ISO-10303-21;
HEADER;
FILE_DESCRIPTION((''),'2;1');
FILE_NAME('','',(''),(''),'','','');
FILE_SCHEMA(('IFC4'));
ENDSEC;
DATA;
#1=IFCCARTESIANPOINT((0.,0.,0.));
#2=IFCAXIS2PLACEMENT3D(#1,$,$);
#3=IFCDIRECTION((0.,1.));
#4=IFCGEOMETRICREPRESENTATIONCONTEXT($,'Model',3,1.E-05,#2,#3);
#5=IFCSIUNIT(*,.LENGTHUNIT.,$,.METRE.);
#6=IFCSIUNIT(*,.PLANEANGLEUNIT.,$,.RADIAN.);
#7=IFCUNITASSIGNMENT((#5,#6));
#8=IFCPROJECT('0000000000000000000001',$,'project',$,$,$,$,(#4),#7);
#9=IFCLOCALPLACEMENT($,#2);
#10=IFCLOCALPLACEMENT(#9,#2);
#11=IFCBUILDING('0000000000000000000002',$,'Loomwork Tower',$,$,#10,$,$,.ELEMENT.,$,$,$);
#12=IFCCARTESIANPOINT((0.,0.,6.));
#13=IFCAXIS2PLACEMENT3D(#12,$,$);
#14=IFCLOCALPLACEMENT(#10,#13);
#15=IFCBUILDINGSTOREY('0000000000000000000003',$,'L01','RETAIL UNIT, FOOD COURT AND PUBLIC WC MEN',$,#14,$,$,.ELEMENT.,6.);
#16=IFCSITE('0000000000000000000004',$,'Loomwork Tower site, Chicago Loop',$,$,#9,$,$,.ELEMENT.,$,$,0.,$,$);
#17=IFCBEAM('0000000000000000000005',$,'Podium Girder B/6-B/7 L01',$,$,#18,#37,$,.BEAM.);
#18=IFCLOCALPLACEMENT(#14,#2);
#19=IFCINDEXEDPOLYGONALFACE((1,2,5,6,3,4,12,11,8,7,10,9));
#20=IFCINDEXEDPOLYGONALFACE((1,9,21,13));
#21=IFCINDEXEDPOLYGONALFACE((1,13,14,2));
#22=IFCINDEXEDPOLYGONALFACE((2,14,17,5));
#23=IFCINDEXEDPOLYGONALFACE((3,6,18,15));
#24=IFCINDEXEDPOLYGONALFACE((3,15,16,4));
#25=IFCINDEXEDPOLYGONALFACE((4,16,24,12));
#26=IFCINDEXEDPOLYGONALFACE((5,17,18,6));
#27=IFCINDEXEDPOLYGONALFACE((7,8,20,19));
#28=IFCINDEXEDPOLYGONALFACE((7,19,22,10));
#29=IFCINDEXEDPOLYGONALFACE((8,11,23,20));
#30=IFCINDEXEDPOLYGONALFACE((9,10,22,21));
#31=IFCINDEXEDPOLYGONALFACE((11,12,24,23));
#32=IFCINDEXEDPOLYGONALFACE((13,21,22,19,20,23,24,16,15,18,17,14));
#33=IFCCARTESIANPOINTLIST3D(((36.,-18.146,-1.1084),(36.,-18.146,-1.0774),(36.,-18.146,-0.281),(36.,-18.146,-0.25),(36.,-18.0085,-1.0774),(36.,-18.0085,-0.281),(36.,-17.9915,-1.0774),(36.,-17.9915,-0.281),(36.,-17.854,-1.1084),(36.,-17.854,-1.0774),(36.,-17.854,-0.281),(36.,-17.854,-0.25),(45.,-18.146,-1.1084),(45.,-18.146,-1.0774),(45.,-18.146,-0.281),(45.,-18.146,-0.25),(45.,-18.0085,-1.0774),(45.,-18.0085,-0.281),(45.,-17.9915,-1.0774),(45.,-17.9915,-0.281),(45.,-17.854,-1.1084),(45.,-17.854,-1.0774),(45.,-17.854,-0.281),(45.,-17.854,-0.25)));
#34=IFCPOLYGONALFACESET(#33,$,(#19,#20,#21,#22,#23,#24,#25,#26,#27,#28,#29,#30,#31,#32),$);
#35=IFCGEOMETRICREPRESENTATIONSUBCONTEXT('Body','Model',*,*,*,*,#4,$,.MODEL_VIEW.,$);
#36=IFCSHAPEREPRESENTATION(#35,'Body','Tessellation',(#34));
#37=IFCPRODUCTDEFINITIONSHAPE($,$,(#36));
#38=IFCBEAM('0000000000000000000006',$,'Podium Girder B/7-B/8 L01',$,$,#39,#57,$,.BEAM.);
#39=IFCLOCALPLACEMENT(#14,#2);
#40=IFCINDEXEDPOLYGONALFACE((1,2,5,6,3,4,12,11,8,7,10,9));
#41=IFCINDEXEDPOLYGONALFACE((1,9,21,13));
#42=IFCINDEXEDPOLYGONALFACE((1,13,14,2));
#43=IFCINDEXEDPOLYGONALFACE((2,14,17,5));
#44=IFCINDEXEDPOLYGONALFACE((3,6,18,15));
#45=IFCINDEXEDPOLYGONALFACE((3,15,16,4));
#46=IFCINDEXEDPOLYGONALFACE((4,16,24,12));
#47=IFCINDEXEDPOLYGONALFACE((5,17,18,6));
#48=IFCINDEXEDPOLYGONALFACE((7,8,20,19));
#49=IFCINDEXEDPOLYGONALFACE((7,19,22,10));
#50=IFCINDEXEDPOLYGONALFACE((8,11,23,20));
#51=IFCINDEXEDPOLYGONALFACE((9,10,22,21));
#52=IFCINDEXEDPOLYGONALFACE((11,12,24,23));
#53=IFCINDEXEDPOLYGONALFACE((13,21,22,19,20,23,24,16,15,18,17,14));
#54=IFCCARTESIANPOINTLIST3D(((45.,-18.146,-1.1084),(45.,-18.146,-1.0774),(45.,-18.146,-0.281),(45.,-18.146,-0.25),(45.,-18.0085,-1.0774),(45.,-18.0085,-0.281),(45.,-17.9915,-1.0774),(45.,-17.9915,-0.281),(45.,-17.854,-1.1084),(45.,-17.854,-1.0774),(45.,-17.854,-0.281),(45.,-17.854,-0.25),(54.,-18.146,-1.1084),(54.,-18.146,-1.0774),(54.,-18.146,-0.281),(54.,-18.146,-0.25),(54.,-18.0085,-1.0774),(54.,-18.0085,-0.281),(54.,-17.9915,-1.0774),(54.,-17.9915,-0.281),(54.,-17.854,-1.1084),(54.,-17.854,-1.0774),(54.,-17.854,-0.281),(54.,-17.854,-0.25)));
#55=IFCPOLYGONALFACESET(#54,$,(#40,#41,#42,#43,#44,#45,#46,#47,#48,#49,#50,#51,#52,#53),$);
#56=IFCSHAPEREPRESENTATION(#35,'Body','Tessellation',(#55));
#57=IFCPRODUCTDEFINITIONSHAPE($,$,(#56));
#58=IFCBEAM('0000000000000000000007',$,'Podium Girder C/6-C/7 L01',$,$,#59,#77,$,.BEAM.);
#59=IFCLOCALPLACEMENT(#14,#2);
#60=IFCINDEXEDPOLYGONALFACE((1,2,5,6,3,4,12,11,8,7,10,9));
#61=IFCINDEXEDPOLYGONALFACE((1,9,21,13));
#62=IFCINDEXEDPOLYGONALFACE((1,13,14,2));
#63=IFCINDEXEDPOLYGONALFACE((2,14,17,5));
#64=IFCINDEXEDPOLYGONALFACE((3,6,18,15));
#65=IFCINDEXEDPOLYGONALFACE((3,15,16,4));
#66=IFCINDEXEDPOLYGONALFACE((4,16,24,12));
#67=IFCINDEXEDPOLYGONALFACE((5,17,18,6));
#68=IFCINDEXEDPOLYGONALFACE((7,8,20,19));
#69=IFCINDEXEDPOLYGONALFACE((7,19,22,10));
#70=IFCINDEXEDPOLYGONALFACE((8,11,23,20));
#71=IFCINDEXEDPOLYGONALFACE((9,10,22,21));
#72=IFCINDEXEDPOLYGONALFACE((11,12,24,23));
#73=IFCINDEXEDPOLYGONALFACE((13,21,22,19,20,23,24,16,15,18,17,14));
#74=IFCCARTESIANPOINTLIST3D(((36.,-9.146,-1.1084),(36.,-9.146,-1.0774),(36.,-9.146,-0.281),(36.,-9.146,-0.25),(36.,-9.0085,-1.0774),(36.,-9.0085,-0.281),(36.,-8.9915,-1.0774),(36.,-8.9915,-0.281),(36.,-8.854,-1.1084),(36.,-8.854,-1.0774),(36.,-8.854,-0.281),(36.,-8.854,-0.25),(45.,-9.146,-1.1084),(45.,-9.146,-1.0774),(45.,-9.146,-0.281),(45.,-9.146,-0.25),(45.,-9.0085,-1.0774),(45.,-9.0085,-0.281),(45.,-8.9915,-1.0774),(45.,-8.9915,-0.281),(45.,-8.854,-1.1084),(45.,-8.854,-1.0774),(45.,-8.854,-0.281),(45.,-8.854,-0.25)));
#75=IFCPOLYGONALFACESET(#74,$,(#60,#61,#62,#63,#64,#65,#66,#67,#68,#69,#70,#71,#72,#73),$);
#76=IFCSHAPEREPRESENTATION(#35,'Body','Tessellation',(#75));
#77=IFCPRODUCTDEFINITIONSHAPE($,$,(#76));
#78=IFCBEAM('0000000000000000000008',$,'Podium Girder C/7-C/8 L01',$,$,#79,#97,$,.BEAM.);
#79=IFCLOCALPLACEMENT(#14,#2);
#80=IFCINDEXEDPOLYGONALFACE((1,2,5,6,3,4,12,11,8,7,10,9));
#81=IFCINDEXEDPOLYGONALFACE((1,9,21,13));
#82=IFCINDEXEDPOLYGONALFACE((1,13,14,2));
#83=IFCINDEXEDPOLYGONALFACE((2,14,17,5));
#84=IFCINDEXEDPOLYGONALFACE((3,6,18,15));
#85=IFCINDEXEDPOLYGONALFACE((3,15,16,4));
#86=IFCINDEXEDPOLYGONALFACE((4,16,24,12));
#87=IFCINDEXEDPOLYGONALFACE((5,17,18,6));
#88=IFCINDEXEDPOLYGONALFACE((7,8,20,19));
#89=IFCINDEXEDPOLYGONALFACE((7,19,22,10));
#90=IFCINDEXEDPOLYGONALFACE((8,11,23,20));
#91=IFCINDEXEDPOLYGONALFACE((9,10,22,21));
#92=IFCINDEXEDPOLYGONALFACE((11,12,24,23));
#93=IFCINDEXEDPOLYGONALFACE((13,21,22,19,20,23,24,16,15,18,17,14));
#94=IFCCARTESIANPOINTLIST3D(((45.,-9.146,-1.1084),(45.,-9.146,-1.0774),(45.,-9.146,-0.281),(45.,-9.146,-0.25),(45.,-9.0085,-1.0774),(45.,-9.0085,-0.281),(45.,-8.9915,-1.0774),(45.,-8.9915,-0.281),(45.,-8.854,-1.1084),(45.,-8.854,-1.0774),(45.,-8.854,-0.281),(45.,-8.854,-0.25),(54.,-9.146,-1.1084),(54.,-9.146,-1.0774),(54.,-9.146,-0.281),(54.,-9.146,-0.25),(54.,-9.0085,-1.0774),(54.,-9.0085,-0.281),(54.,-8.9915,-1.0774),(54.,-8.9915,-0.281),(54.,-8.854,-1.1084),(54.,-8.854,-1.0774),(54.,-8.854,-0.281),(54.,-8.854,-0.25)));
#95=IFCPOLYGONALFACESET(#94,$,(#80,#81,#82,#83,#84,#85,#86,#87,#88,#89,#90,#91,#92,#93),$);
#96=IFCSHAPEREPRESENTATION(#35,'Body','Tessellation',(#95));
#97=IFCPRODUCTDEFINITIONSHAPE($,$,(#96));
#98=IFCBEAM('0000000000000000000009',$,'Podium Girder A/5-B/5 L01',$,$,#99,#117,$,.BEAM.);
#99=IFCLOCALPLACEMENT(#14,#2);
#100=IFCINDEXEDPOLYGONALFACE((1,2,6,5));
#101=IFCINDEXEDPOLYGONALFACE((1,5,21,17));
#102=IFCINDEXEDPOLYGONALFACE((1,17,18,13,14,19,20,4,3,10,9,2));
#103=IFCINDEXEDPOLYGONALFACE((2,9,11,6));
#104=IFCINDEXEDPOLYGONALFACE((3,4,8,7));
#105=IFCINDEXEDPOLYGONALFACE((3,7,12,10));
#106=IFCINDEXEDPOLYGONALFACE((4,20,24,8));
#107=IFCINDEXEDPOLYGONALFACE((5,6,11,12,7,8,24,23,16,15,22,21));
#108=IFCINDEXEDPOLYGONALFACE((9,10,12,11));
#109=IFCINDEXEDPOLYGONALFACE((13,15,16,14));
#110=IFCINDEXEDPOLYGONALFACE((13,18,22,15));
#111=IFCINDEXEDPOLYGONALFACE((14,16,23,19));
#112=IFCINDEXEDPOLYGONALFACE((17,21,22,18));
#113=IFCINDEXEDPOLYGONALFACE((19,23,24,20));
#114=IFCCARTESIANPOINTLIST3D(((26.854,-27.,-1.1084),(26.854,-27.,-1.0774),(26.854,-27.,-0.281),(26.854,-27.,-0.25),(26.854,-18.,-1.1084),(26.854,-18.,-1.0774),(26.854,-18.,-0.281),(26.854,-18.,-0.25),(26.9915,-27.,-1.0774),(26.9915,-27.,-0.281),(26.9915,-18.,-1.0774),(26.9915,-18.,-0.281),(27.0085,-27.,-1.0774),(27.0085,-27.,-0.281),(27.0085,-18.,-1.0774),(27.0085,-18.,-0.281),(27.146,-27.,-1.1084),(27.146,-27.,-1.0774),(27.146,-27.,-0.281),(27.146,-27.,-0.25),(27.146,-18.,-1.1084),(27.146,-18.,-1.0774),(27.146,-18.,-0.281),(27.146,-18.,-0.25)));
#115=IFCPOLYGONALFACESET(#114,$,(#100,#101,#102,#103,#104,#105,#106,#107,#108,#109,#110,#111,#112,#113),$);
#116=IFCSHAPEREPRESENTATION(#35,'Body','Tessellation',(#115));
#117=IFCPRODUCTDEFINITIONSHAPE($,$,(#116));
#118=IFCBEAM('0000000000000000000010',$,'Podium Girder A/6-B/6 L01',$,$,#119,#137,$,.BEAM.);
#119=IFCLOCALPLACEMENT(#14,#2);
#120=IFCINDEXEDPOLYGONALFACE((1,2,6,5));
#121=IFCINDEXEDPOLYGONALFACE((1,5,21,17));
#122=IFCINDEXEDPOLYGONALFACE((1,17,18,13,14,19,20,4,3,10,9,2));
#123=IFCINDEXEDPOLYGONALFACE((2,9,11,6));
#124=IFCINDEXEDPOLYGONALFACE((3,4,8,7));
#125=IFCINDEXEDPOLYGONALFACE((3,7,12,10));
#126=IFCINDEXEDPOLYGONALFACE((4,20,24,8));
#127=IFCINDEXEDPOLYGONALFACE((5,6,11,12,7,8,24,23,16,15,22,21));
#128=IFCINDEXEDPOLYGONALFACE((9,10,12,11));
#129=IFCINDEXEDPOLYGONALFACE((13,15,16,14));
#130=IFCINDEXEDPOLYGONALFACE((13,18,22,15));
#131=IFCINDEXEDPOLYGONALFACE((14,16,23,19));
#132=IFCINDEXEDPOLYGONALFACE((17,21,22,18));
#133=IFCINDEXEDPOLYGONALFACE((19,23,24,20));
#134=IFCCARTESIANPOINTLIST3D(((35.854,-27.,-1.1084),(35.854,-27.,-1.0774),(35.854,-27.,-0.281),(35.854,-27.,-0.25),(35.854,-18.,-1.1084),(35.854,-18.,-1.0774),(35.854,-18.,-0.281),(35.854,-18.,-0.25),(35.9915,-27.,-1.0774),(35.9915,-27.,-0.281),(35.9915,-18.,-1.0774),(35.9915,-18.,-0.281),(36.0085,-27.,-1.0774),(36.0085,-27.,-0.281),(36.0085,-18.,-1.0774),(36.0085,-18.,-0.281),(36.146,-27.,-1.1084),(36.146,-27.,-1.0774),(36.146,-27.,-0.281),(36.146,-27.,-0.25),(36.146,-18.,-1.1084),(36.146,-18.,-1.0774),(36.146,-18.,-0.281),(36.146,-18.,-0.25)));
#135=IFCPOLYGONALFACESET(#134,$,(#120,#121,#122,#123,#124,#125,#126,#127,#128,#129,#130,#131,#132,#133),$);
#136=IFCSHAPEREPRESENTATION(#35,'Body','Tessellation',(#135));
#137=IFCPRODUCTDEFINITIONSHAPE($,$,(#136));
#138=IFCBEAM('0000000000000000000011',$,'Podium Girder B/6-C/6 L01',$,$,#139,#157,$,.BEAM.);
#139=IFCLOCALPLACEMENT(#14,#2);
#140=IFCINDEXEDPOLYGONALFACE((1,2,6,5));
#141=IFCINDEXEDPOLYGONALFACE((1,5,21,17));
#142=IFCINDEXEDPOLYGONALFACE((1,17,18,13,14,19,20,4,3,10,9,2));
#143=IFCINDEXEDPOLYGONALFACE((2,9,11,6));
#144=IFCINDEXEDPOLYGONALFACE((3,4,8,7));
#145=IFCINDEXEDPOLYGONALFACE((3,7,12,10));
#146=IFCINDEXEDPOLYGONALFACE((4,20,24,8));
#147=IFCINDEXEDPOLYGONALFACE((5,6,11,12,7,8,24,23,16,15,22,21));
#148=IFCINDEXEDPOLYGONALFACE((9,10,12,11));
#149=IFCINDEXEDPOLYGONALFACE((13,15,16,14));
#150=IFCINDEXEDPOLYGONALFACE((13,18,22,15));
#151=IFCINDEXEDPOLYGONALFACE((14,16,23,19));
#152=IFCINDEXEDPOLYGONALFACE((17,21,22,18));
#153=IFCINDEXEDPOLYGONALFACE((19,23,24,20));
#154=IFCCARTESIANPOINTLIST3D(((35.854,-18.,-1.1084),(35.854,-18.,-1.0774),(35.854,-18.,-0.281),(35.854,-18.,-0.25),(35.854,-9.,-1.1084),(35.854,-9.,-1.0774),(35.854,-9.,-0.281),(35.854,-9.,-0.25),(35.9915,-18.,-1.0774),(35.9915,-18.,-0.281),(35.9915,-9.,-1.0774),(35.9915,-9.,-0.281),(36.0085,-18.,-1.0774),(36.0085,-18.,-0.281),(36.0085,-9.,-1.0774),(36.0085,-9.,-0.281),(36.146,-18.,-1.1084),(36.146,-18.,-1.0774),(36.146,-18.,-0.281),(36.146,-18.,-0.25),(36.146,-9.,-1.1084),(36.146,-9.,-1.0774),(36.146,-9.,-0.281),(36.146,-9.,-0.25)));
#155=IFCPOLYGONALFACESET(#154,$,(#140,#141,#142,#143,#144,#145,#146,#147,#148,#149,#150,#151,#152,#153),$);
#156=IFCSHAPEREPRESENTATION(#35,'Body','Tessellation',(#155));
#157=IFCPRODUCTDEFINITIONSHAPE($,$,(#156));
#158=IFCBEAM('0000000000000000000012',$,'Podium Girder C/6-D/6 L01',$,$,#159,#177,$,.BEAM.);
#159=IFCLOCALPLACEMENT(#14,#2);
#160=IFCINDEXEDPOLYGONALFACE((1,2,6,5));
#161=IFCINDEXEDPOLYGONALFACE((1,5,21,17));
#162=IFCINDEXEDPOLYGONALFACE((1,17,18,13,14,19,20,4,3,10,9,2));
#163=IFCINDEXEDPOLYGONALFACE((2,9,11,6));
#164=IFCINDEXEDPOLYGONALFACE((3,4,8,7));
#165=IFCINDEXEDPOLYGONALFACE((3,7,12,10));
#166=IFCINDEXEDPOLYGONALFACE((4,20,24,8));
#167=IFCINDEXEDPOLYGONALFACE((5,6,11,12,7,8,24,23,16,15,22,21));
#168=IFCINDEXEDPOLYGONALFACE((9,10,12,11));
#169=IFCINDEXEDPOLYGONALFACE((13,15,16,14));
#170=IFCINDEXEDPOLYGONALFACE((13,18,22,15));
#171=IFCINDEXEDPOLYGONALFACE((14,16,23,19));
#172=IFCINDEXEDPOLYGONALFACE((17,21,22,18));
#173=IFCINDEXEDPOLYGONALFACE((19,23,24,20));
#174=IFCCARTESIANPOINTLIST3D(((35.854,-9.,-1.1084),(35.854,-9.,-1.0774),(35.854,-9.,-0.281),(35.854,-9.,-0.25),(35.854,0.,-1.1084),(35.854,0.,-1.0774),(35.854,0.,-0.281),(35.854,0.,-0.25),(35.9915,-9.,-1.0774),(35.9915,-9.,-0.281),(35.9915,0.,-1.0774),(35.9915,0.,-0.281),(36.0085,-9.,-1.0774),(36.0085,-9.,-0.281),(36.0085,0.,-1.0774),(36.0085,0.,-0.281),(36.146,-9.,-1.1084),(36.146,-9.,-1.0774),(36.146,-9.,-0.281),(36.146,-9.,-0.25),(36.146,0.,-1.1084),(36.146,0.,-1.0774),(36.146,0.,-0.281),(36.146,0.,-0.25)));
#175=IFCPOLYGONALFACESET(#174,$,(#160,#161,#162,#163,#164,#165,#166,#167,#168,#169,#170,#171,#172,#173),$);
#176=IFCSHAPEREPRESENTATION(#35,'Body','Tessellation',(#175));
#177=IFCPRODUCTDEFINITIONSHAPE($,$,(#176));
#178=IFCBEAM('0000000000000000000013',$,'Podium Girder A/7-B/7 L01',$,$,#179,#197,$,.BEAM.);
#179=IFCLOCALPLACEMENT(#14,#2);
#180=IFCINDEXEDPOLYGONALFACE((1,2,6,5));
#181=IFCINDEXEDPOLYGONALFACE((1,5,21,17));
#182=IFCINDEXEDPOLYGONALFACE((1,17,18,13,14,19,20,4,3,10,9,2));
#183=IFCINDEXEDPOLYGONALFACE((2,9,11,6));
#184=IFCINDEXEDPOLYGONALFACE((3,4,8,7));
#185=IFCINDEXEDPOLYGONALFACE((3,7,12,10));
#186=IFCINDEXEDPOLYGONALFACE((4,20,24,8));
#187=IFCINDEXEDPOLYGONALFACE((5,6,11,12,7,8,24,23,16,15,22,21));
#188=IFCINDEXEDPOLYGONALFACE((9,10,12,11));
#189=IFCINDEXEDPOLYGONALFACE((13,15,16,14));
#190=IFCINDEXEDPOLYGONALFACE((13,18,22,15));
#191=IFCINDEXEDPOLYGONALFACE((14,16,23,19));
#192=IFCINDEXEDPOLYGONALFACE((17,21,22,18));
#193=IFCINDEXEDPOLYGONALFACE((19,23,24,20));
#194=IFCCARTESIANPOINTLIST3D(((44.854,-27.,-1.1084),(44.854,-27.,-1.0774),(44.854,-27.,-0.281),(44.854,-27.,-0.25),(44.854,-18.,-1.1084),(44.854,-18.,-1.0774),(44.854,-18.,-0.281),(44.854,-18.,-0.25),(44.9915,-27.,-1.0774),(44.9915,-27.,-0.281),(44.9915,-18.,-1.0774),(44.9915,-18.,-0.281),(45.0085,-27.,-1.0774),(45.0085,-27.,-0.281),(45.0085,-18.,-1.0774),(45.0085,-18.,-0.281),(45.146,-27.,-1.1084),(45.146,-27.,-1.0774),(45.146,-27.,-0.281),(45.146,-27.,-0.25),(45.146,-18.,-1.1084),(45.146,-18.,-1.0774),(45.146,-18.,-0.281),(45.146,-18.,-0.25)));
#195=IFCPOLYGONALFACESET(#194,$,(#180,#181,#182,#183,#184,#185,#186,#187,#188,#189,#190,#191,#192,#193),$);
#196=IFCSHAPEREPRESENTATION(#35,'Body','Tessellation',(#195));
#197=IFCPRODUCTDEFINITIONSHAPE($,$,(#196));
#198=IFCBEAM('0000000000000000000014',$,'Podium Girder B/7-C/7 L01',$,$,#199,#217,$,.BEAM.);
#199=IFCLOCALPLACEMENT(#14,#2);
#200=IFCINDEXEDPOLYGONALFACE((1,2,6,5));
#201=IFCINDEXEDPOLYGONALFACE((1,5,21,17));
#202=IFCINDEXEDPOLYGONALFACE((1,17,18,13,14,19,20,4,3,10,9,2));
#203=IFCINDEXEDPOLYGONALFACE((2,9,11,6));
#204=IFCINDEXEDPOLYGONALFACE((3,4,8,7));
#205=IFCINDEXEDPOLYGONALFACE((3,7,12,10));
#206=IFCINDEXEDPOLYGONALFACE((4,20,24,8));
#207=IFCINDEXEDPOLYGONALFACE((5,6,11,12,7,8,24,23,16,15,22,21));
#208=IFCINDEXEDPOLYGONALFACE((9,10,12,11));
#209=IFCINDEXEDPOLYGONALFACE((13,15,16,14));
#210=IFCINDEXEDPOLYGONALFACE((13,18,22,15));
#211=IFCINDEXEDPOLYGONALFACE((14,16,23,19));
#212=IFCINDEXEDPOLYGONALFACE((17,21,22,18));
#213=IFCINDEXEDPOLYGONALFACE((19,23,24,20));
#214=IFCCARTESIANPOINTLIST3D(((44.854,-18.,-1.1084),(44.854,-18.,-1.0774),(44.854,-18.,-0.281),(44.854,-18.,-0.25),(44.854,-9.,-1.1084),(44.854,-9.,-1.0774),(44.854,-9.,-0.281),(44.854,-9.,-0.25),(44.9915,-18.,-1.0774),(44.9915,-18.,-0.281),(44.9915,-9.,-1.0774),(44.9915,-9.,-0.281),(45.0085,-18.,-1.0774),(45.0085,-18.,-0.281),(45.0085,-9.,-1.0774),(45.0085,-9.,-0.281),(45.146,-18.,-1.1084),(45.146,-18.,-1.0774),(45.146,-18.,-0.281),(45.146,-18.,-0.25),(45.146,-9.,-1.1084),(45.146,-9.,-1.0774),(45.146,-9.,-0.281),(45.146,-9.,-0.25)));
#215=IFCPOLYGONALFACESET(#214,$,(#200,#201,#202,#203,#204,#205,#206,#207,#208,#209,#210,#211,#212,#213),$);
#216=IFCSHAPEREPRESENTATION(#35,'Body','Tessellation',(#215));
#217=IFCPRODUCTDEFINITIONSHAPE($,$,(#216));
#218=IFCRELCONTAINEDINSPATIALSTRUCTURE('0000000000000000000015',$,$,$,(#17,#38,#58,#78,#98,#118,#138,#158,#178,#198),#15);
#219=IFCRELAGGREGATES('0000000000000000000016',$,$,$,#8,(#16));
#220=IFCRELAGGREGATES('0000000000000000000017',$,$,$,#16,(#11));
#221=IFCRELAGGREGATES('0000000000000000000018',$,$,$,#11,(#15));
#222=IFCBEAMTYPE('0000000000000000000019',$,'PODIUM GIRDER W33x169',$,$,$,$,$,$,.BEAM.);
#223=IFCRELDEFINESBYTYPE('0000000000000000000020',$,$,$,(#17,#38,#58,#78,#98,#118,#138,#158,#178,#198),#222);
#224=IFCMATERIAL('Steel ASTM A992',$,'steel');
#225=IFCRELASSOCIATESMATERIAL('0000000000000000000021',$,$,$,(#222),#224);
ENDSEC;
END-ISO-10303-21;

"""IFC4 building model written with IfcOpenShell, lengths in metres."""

from ifc_helpers import new_model, si_unit, direction, frame, origin, origin_2d, place, context, subcontext, project, spatial, i_section, extrude, material, material_profile, profile_set, type_object, element, save


model = new_model("IFC4")

# Units and contexts
model_context = context("Model", 3, precision=1e-05, world=origin(), true_north=direction((0.0, 1.0)))
body_context = subcontext(model_context, "Body", "Model", "MODEL_VIEW")
ifc_project = project(units=[si_unit("LENGTHUNIT", "METRE"), si_unit("PLANEANGLEUNIT", "RADIAN")], contexts=[model_context])

# Site, building, storey
site_placement = place(None, origin())
site = spatial("IfcSite", under=ifc_project, at=site_placement, Name="Loomwork Tower site, Chicago Loop", CompositionType="ELEMENT", RefElevation=0.0)
building_placement = place(site_placement, origin())
building = spatial("IfcBuilding", under=site, at=building_placement, Name="Loomwork Tower", CompositionType="ELEMENT")
storey_placement = place(building_placement, frame((0.0, 0.0, 6.0)))
storey = spatial("IfcBuildingStorey", under=building, at=storey_placement, Name="L01", Description="RETAIL UNIT, FOOD COURT AND PUBLIC WC MEN", CompositionType="ELEMENT", Elevation=6.0)

# Beams
ifc_material_1 = material(Name="Steel ASTM A992", Category="steel")
ifc_material_profile_1 = material_profile(ifc_material_1, i_section(OverallWidth=0.292, OverallDepth=0.8584, WebThickness=0.0171, FlangeThickness=0.031, at=origin_2d()), Name="W33x169")
ifc_profile_set_1 = profile_set([ifc_material_profile_1], Name="Steel ASTM A992")
beam_type_1 = type_object("IfcBeamType", Name="PODIUM GIRDER W33x169", PredefinedType="BEAM", material=ifc_profile_set_1)
for number, where, z_axis, x_axis, name in (
    (1, (36.0, -18.0, -0.6792), (1.0, 0.0, 0.0), (0.0, 1.0, 0.0), "Podium Girder B/6-B/7 L01"),
    (2, (45.0, -18.0, -0.6792), (1.0, 0.0, 0.0), (0.0, 1.0, 0.0), "Podium Girder B/7-B/8 L01"),
    (3, (36.0, -9.0, -0.6792), (1.0, 0.0, 0.0), (0.0, 1.0, 0.0), "Podium Girder C/6-C/7 L01"),
    (4, (45.0, -9.0, -0.6792), (1.0, 0.0, 0.0), (0.0, 1.0, 0.0), "Podium Girder C/7-C/8 L01"),
    (5, (27.0, -27.0, -0.6792), (0.0, 1.0, 0.0), (-1.0, 0.0, 0.0), "Podium Girder A/5-B/5 L01"),
    (6, (36.0, -27.0, -0.6792), (0.0, 1.0, 0.0), (-1.0, 0.0, 0.0), "Podium Girder A/6-B/6 L01"),
    (7, (36.0, -18.0, -0.6792), (0.0, 1.0, 0.0), (-1.0, 0.0, 0.0), "Podium Girder B/6-C/6 L01"),
    (8, (36.0, -9.0, -0.6792), (0.0, 1.0, 0.0), (-1.0, 0.0, 0.0), "Podium Girder C/6-D/6 L01"),
    (9, (45.0, -27.0, -0.6792), (0.0, 1.0, 0.0), (-1.0, 0.0, 0.0), "Podium Girder A/7-B/7 L01"),
    (10, (45.0, -18.0, -0.6792), (0.0, 1.0, 0.0), (-1.0, 0.0, 0.0), "Podium Girder B/7-C/7 L01"),
):
    element("IfcBeam", number, at=place(storey_placement, frame(where, z_axis=z_axis, x_axis=x_axis)), inside=storey, type_object=beam_type_1, Name=name, PredefinedType="BEAM", context=body_context, shape_type="SweptSolid", body=[
        extrude(i_section(OverallWidth=0.292, OverallDepth=0.8584, WebThickness=0.0171, FlangeThickness=0.031, at=origin_2d()), origin(), (0.0, 0.0, 1.0), 9.0),
    ])

save(model, "model.ifc")
